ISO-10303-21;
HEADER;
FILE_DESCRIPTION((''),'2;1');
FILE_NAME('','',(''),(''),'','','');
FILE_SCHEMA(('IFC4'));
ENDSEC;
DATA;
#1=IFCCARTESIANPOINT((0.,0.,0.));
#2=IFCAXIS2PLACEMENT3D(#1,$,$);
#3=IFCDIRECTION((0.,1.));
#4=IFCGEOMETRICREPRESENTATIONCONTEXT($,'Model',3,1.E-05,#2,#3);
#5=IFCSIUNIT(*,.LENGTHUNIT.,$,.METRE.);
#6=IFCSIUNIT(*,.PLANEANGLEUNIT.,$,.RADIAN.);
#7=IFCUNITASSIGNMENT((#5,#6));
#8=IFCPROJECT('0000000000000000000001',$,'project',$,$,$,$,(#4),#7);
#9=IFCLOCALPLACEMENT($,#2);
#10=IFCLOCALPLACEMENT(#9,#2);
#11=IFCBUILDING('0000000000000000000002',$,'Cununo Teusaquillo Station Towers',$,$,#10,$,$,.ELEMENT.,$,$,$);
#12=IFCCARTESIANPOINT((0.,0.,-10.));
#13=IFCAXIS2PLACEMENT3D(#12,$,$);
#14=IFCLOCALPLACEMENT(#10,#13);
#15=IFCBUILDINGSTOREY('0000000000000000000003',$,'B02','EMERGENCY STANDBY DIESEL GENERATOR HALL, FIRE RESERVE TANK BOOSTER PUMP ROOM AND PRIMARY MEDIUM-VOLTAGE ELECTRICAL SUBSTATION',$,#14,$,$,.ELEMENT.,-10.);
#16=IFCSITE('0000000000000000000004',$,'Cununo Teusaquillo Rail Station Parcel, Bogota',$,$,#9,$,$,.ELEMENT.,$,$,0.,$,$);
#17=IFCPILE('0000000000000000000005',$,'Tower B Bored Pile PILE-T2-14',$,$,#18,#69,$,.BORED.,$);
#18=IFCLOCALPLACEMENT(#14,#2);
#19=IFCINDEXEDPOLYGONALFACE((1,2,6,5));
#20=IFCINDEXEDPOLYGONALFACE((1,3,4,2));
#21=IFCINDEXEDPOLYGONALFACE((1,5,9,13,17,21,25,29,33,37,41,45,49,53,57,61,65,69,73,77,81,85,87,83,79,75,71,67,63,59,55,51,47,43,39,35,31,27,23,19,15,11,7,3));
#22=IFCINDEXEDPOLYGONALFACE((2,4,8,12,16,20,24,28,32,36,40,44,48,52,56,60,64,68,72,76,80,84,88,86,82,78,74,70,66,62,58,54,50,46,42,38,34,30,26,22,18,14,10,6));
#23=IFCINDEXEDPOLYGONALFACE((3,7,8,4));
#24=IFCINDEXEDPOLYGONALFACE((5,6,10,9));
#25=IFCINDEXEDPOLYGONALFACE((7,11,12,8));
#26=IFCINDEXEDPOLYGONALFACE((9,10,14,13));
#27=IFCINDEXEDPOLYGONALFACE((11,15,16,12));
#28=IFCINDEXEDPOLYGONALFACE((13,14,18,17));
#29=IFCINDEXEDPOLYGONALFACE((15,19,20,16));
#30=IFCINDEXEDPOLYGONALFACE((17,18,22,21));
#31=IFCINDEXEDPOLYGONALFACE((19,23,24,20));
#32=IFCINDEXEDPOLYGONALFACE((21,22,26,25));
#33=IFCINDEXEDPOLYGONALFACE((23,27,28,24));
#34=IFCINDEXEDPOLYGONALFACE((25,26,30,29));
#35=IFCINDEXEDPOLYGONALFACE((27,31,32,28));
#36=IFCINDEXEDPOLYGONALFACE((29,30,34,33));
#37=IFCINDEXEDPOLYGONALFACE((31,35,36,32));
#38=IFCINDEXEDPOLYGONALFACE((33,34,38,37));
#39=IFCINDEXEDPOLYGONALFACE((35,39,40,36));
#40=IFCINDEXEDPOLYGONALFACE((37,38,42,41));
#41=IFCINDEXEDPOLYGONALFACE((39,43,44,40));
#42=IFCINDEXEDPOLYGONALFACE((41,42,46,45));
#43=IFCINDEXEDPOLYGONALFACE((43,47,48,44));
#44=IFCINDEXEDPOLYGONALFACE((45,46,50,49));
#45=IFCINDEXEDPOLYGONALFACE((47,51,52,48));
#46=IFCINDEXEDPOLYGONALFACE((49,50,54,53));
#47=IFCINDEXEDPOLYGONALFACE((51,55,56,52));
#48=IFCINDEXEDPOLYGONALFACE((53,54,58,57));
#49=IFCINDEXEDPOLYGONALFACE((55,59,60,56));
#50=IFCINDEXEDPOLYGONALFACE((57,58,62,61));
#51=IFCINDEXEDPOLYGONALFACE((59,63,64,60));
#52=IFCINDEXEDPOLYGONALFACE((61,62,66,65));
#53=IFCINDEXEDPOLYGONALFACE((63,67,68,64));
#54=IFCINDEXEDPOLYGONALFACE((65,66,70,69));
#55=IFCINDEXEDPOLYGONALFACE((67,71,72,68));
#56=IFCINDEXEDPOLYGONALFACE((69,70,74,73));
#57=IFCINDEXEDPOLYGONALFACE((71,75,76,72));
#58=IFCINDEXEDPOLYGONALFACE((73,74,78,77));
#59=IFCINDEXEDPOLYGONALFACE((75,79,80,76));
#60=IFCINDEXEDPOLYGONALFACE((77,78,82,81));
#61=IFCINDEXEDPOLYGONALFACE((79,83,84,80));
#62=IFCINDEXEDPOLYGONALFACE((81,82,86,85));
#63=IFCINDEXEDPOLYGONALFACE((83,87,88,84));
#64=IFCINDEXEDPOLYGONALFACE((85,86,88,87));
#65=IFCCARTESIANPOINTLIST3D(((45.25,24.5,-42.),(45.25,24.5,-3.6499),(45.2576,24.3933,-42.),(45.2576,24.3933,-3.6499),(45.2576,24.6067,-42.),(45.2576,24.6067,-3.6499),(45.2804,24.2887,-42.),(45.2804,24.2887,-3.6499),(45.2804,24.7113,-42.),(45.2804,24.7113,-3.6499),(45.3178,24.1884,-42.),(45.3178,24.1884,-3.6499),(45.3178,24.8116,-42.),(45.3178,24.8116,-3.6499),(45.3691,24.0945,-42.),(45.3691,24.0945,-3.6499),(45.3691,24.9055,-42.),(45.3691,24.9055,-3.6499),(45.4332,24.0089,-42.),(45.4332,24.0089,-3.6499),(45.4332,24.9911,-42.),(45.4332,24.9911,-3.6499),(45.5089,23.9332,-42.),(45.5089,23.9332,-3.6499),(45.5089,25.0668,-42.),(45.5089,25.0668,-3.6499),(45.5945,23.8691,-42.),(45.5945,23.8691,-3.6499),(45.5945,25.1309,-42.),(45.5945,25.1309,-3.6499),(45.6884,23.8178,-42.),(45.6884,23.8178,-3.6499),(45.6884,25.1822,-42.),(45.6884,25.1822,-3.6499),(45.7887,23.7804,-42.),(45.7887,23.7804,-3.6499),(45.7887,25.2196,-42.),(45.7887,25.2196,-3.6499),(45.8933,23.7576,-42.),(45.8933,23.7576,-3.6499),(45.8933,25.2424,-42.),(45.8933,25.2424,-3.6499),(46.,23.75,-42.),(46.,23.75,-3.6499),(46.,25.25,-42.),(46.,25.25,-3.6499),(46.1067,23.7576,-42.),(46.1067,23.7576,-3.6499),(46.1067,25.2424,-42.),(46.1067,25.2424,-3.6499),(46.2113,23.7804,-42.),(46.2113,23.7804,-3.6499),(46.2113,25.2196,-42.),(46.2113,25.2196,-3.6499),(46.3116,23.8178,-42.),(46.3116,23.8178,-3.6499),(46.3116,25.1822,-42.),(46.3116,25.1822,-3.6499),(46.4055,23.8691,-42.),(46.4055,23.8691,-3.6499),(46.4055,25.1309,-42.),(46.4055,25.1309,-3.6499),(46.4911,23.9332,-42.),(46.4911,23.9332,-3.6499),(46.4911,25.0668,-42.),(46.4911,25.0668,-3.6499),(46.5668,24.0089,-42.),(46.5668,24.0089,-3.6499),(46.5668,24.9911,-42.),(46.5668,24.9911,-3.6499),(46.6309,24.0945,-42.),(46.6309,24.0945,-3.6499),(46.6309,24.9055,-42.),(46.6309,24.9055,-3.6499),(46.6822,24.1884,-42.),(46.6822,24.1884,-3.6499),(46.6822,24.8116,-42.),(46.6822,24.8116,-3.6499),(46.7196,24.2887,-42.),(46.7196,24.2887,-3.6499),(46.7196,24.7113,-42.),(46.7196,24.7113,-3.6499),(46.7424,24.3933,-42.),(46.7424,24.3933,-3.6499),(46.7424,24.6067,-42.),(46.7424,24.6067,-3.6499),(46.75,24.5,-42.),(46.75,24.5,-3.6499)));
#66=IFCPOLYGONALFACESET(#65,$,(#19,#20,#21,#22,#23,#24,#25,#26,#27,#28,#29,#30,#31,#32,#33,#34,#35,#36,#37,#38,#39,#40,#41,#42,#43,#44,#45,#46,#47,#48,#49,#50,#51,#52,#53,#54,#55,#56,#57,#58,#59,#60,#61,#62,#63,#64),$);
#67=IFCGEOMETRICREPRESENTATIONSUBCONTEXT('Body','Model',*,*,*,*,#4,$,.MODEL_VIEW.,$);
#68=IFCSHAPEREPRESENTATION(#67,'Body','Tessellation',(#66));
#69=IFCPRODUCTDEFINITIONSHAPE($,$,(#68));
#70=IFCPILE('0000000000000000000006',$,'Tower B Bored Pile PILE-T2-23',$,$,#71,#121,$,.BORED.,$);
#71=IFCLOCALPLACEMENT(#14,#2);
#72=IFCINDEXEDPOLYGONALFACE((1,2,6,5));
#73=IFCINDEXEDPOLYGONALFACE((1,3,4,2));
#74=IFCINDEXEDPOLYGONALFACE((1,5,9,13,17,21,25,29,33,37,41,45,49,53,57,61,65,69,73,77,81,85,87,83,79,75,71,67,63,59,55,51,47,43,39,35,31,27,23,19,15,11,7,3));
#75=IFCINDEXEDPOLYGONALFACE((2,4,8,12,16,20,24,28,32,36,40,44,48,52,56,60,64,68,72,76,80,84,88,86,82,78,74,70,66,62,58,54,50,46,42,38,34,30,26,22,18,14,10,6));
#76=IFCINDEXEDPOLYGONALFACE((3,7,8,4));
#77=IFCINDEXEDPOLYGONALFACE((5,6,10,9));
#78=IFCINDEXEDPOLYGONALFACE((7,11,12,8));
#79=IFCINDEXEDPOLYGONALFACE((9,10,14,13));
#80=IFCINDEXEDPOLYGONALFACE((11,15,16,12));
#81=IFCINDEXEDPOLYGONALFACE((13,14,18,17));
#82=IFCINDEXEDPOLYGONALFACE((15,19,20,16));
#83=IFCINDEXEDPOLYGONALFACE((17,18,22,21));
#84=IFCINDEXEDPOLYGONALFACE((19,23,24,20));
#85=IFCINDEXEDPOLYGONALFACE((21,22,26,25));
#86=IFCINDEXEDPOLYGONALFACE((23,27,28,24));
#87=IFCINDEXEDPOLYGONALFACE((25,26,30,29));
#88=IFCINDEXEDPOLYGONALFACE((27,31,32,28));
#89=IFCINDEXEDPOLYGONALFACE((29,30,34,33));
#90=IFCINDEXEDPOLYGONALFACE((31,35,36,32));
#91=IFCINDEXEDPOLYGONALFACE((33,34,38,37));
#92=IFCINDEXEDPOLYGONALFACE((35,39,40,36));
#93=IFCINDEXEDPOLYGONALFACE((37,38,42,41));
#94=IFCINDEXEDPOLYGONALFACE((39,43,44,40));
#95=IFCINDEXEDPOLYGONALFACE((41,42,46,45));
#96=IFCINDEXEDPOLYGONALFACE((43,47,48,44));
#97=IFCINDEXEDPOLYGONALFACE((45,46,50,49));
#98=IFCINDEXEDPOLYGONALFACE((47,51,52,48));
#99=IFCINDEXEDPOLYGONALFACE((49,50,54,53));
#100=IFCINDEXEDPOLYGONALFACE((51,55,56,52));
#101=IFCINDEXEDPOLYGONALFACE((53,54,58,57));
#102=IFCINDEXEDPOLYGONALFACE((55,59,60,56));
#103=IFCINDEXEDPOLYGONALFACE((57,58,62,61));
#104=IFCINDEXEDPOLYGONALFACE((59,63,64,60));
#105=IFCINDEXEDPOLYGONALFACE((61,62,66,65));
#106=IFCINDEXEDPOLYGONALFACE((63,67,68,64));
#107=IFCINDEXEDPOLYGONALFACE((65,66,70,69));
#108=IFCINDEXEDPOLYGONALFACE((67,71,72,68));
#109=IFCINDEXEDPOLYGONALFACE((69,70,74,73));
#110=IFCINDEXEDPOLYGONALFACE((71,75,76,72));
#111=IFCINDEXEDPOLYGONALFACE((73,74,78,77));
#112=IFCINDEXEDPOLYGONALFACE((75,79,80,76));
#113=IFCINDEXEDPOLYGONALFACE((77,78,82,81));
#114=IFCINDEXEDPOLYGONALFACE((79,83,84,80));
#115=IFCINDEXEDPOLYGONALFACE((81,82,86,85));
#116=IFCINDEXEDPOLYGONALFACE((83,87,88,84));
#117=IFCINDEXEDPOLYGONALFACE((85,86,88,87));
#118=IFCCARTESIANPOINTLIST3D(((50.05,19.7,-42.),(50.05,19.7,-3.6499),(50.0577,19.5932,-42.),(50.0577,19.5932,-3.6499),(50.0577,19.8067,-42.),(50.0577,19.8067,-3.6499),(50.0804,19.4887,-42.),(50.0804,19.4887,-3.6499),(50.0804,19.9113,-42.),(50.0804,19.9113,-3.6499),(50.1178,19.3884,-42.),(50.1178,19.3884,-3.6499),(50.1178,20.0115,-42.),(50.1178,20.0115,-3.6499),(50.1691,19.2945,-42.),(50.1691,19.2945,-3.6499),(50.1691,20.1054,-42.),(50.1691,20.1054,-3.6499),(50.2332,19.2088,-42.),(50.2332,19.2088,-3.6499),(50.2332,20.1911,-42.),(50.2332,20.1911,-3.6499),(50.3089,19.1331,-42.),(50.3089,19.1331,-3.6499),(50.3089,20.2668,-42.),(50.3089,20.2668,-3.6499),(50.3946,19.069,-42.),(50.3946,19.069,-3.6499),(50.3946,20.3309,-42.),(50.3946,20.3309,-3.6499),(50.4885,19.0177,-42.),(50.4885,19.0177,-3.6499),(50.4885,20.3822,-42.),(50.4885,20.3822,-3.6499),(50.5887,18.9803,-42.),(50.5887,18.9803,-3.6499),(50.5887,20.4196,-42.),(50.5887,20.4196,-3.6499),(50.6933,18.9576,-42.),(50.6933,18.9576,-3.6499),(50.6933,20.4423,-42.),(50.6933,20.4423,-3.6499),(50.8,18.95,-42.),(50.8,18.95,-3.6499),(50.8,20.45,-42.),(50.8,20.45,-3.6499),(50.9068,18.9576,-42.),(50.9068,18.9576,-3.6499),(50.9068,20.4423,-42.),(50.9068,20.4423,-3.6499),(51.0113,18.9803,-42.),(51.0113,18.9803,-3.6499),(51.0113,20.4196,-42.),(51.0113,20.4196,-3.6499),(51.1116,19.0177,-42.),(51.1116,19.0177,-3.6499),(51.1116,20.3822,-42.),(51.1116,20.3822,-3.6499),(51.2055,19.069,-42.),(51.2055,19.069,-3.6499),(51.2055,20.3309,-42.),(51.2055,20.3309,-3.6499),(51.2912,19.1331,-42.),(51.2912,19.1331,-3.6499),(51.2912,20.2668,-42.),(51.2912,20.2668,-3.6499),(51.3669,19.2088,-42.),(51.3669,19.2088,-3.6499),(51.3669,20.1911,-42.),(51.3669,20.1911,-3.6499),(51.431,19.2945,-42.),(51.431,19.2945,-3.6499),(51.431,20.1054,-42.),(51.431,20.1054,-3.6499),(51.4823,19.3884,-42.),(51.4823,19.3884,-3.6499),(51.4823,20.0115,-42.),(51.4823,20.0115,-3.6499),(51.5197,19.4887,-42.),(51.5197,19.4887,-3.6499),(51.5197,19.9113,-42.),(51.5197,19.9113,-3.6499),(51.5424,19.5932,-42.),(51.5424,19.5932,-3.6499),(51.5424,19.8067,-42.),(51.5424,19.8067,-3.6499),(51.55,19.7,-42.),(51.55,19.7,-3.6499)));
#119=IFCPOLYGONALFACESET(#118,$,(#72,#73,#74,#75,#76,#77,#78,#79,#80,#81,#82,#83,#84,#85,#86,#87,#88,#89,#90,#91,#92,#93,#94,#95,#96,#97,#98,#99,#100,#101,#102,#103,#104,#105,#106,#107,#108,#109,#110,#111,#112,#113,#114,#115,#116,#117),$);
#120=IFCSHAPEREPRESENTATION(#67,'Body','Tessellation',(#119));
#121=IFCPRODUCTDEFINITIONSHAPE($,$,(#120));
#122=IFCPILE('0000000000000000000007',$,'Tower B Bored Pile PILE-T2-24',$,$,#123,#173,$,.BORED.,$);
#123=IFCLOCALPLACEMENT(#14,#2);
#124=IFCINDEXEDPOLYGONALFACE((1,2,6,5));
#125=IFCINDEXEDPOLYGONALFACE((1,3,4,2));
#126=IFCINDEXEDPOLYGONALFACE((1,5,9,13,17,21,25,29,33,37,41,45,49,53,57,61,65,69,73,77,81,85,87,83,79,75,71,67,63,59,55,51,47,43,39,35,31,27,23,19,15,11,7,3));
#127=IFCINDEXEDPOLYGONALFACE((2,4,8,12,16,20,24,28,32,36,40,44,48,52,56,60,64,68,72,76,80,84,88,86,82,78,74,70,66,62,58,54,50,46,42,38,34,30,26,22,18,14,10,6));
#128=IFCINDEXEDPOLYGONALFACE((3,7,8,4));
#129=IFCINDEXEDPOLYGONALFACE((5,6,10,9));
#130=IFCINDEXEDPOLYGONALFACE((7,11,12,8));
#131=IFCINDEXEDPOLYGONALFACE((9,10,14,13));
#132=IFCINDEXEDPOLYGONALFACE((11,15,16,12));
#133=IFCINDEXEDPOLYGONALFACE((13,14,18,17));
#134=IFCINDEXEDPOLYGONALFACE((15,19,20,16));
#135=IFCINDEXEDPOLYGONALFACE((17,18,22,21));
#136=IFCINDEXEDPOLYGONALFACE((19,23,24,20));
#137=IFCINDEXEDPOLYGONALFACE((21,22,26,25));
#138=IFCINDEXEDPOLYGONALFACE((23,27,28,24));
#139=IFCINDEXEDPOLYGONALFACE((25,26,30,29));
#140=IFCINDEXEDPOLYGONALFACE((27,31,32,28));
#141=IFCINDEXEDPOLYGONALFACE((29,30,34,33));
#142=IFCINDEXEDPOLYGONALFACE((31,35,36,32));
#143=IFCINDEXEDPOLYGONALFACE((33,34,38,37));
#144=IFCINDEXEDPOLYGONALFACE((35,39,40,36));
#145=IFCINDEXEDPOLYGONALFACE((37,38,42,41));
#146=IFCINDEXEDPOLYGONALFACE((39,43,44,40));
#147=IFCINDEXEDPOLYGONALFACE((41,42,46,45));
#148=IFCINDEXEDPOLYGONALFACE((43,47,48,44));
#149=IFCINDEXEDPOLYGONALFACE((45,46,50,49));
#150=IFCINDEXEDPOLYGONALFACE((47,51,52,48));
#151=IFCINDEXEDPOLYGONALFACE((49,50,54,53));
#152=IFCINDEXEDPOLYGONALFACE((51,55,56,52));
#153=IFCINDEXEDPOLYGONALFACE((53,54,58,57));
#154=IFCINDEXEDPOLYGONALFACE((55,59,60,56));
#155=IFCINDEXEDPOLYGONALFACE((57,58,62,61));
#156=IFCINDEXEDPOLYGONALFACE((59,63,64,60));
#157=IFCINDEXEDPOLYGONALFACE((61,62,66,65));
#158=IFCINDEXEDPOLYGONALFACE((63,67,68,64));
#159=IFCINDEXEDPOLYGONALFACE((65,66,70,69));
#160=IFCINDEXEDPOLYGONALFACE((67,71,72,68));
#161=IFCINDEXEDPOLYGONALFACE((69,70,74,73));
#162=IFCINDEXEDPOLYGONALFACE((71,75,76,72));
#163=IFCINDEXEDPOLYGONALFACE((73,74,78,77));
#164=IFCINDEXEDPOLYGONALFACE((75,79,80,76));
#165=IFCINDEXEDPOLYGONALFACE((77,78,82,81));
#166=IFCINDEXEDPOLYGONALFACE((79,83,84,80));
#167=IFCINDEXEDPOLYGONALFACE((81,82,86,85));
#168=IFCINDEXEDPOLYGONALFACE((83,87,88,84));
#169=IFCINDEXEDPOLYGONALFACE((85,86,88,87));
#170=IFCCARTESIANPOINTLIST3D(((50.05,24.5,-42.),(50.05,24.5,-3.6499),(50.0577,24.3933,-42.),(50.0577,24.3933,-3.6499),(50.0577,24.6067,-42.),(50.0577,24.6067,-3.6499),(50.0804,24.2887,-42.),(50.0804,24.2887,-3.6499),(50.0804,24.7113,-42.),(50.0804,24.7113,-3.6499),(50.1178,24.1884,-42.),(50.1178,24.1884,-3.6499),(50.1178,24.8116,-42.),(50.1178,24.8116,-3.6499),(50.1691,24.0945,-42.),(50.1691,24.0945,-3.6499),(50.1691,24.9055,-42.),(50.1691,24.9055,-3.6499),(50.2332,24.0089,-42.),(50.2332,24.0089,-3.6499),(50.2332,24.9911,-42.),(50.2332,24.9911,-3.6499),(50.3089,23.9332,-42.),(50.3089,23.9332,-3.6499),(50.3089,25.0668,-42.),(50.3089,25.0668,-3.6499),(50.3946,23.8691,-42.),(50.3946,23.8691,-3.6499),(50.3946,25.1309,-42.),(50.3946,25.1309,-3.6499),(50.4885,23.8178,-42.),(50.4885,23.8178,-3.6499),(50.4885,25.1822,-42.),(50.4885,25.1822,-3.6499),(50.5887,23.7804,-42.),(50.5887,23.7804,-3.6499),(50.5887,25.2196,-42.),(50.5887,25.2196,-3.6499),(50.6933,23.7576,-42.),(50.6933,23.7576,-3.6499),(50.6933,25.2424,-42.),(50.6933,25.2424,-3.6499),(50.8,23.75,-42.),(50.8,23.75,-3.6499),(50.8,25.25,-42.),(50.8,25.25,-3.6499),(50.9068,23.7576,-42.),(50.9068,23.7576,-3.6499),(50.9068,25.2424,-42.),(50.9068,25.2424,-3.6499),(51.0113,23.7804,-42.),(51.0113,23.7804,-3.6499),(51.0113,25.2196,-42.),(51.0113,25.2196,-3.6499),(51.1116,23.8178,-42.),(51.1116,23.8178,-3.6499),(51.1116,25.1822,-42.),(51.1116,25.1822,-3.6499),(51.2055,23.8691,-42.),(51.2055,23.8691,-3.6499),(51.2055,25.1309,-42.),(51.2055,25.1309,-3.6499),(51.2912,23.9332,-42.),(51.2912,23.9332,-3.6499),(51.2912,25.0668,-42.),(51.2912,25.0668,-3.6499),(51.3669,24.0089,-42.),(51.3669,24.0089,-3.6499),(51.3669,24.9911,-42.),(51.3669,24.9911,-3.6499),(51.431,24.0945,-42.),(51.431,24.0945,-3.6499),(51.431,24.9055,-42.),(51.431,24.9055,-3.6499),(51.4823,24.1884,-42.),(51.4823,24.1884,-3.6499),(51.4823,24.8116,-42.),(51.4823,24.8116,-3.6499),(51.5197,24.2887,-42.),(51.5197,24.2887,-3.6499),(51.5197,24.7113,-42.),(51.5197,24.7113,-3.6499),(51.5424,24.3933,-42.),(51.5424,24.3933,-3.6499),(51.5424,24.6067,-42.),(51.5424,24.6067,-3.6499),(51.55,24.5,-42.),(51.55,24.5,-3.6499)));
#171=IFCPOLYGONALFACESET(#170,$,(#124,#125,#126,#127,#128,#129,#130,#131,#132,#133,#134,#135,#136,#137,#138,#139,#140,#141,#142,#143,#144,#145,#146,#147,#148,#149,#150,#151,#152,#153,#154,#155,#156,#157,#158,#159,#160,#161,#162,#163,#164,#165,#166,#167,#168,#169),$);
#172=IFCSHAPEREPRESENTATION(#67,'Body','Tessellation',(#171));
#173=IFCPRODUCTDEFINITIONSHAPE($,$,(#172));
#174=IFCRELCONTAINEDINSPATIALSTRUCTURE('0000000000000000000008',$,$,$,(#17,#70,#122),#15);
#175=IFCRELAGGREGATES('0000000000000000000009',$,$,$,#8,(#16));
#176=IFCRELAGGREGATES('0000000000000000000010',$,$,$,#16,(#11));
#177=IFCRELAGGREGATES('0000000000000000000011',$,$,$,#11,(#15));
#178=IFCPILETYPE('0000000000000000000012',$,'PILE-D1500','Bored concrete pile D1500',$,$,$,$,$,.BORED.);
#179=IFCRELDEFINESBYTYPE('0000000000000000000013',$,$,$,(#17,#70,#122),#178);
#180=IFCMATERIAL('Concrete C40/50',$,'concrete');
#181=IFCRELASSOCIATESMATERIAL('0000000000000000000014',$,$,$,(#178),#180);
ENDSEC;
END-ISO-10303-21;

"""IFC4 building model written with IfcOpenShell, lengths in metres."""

from ifc_helpers import new_model, si_unit, direction, frame, origin, origin_2d, place, context, subcontext, project, spatial, circle, extrude, material, material_profile, profile_set, type_object, element, save


model = new_model("IFC4")

# Units and contexts
model_context = context("Model", 3, precision=1e-05, world=origin(), true_north=direction((0.0, 1.0)))
body_context = subcontext(model_context, "Body", "Model", "MODEL_VIEW")
ifc_project = project(units=[si_unit("LENGTHUNIT", "METRE"), si_unit("PLANEANGLEUNIT", "RADIAN")], contexts=[model_context])

# Site, building, storey
site_placement = place(None, origin())
site = spatial("IfcSite", under=ifc_project, at=site_placement, Name="Cununo Teusaquillo Rail Station Parcel, Bogota", CompositionType="ELEMENT", RefElevation=0.0)
building_placement = place(site_placement, origin())
building = spatial("IfcBuilding", under=site, at=building_placement, Name="Cununo Teusaquillo Station Towers", CompositionType="ELEMENT")
storey_placement = place(building_placement, frame((0.0, 0.0, -10.0)))
storey = spatial("IfcBuildingStorey", under=building, at=storey_placement, Name="B02", Description="EMERGENCY STANDBY DIESEL GENERATOR HALL, FIRE RESERVE TANK BOOSTER PUMP ROOM AND PRIMARY MEDIUM-VOLTAGE ELECTRICAL SUBSTATION", CompositionType="ELEMENT", Elevation=-10.0)

# Piles
ifc_material_1 = material(Name="Concrete C40/50", Category="concrete")
ifc_material_profile_1 = material_profile(ifc_material_1, circle(Radius=0.75, at=origin_2d()), Name="PILE-BORED-1500")
ifc_profile_set_1 = profile_set([ifc_material_profile_1], Name="Concrete C40/50")
pile_type_1 = type_object("IfcPileType", Name="PILE-D1500", Description="Bored concrete pile D1500", PredefinedType="BORED", material=ifc_profile_set_1)
for number, where, z_axis, x_axis, name in (
    (1, (46.0, 24.5, -3.6499), (0.0, 0.0, -1.0), (1.0, 0.0, 0.0), "Tower B Bored Pile PILE-T2-14"),
    (2, (50.8, 19.7, -3.6499), (0.0, 0.0, -1.0), (1.0, 0.0, 0.0), "Tower B Bored Pile PILE-T2-23"),
    (3, (50.8, 24.5, -3.6499), (0.0, 0.0, -1.0), (1.0, 0.0, 0.0), "Tower B Bored Pile PILE-T2-24"),
):
    element("IfcPile", number, at=place(storey_placement, frame(where, z_axis=z_axis, x_axis=x_axis)), inside=storey, type_object=pile_type_1, Name=name, PredefinedType="BORED", context=body_context, shape_type="SweptSolid", body=[
        extrude(circle(Radius=0.75, at=origin_2d()), origin(), (0.0, 0.0, 1.0), 38.3501),
    ])

save(model, "model.ifc")
